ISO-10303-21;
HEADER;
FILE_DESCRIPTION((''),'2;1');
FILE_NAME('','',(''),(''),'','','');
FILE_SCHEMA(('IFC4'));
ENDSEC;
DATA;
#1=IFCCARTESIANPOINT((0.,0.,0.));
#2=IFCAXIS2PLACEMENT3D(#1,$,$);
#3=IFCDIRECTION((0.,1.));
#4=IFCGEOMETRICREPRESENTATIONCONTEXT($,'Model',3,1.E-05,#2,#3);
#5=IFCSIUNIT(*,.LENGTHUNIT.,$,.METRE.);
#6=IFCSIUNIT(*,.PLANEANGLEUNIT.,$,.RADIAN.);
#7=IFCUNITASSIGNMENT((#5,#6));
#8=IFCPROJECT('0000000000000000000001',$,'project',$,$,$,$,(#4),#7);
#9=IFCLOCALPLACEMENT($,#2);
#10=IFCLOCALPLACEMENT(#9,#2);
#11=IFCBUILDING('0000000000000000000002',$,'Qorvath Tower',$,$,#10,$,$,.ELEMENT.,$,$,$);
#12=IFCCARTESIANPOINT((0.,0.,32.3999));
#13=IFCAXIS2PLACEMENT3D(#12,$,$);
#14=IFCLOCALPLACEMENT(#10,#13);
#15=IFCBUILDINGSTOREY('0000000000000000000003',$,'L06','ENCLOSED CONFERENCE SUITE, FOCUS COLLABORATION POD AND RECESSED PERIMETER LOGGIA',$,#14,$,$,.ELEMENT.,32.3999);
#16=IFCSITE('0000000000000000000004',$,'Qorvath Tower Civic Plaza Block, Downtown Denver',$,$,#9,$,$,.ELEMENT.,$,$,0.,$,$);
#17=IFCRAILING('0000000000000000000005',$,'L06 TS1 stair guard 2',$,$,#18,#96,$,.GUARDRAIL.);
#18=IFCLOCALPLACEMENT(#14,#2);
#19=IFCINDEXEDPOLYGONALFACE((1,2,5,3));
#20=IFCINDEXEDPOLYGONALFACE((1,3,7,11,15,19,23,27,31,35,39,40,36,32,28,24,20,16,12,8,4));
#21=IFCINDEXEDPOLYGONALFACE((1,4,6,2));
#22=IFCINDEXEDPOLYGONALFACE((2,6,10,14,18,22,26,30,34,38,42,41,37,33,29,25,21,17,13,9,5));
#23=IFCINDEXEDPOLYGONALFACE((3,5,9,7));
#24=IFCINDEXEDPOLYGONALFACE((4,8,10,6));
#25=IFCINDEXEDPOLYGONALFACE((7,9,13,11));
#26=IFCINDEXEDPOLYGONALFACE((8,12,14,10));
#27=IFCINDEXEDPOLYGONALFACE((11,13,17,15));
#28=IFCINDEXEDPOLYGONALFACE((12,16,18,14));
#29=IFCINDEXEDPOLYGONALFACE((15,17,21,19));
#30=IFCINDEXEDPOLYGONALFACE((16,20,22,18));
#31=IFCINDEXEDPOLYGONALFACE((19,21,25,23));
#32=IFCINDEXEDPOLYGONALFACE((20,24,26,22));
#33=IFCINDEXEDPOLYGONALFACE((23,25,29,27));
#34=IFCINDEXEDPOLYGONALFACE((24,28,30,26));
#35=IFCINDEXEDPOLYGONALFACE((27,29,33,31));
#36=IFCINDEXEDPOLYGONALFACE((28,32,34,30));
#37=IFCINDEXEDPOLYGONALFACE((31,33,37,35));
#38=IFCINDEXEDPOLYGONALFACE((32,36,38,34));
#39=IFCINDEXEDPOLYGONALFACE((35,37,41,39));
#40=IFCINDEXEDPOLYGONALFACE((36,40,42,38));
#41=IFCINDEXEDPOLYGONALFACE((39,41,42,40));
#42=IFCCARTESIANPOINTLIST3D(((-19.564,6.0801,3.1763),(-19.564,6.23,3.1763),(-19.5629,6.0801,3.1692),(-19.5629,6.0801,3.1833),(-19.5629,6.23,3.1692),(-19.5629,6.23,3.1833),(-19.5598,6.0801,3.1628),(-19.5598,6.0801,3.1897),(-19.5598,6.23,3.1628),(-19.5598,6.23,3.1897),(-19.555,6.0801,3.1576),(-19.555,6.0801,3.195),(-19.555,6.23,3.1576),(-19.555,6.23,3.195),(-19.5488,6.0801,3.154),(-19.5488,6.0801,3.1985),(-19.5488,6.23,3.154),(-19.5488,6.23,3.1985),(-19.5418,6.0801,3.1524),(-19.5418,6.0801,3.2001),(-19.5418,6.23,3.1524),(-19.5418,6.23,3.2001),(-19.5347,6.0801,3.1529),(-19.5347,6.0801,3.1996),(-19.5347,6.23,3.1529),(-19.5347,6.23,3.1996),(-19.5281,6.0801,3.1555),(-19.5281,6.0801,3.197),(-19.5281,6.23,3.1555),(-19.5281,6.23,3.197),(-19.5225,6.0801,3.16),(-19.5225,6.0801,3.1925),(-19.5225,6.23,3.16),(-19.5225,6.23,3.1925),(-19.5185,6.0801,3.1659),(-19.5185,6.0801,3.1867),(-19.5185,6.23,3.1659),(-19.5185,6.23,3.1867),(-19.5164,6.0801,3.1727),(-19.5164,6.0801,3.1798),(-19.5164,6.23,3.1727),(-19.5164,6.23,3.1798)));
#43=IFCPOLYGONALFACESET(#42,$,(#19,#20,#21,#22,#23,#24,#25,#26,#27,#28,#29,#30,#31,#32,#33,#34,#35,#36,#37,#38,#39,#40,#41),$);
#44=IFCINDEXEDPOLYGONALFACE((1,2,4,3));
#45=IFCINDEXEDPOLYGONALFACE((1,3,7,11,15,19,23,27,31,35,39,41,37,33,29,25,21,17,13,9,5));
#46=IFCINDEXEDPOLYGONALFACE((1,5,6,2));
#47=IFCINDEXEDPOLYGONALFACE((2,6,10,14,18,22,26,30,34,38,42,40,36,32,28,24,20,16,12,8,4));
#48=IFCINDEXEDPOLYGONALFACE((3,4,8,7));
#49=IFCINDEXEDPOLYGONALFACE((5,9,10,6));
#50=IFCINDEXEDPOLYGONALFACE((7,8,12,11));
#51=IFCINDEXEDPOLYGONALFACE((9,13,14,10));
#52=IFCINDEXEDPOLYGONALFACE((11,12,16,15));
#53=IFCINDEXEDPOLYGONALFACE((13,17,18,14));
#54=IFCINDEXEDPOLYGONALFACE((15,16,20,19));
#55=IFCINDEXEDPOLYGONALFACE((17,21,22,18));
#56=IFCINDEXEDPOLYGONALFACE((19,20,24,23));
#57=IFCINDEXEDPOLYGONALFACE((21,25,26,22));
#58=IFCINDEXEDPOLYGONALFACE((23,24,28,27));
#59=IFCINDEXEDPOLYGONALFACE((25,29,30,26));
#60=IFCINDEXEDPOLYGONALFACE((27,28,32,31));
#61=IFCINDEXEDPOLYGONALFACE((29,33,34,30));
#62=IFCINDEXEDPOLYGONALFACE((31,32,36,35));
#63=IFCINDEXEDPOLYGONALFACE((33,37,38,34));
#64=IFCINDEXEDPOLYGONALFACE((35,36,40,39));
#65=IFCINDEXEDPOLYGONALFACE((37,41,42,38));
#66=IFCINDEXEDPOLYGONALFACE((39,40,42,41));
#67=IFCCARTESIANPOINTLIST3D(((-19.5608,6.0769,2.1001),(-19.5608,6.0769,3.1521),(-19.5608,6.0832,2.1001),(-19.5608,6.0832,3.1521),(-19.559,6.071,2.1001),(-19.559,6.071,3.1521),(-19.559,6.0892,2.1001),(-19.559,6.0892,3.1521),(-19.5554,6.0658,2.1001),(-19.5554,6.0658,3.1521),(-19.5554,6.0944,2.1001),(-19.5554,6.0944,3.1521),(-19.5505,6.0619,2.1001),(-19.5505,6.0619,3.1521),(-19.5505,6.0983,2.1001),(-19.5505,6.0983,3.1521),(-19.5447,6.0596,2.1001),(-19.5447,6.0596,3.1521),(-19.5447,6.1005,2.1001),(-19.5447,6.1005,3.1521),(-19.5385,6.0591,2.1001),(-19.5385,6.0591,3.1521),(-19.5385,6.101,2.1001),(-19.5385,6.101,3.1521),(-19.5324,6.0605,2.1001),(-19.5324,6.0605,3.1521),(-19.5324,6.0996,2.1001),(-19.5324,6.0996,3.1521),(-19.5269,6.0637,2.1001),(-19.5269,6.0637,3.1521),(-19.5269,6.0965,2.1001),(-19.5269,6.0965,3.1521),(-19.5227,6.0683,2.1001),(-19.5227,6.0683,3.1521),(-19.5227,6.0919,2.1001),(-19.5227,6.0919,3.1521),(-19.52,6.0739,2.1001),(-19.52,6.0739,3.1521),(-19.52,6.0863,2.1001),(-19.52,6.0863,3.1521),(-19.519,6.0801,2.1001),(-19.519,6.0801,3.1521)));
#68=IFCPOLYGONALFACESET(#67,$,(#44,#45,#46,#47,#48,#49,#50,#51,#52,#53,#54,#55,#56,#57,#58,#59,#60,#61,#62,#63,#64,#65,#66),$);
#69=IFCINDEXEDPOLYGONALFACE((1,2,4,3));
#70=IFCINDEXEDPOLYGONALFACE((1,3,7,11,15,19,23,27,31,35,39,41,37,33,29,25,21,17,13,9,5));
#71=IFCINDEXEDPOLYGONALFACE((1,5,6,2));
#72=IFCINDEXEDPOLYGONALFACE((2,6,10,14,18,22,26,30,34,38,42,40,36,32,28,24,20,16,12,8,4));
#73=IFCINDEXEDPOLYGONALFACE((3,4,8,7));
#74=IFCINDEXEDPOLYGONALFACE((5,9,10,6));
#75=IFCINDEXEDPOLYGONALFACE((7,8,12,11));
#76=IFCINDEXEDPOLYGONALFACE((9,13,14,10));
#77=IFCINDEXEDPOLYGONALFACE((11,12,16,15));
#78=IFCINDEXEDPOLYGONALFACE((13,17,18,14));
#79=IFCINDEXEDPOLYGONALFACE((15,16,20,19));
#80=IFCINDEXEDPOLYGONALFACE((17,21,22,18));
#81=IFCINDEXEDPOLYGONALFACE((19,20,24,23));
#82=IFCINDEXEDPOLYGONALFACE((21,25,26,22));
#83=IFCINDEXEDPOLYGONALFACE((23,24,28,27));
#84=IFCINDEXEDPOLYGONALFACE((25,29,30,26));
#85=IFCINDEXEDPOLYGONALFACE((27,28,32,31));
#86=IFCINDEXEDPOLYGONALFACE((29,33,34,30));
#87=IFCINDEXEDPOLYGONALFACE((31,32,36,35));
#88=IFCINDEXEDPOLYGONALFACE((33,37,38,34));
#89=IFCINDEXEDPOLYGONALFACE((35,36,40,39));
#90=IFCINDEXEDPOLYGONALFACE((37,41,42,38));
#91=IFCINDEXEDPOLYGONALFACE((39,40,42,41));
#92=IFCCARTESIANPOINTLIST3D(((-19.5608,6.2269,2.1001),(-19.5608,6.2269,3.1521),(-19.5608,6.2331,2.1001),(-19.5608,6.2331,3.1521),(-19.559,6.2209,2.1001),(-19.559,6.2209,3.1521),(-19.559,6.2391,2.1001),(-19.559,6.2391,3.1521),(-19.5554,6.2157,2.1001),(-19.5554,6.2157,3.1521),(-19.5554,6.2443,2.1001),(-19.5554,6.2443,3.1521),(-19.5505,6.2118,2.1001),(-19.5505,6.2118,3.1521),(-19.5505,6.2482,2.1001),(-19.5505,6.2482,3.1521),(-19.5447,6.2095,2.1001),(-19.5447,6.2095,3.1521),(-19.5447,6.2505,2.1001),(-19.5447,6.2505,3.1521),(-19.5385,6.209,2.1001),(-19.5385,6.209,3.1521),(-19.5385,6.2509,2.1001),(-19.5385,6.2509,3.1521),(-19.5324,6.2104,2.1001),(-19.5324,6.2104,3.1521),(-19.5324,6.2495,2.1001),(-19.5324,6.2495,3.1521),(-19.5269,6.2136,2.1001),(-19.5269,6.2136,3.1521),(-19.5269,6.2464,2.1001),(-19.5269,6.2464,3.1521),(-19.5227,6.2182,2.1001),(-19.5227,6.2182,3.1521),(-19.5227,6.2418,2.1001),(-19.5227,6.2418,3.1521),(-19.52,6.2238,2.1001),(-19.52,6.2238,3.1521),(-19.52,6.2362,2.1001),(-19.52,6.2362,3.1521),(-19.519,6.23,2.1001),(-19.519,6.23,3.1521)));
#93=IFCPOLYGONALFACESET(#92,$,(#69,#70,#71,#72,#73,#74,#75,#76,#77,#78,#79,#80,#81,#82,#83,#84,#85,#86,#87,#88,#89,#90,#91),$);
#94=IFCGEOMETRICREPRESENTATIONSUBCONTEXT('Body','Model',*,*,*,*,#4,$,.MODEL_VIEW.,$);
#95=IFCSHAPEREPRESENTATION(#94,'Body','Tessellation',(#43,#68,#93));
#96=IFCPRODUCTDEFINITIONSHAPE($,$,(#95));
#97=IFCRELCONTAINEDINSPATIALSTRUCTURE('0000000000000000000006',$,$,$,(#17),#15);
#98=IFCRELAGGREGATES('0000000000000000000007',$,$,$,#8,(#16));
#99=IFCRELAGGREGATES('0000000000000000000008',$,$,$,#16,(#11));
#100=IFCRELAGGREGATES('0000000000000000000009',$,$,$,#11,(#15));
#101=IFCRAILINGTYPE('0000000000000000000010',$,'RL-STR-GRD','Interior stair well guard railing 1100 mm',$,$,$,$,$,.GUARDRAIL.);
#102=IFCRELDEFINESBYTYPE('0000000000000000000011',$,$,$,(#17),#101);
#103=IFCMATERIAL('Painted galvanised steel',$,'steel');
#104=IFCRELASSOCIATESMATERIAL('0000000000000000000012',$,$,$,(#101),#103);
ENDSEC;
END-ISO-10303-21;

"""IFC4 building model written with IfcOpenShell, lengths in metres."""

from ifc_helpers import new_model, si_unit, direction, frame, origin, origin_2d, place, context, subcontext, project, spatial, circle, extrude, material, type_object, element, save


model = new_model("IFC4")

# Units and contexts
model_context = context("Model", 3, precision=1e-05, world=origin(), true_north=direction((0.0, 1.0)))
body_context = subcontext(model_context, "Body", "Model", "MODEL_VIEW")
ifc_project = project(units=[si_unit("LENGTHUNIT", "METRE"), si_unit("PLANEANGLEUNIT", "RADIAN")], contexts=[model_context])

# Site, building, storey
site_placement = place(None, origin())
site = spatial("IfcSite", under=ifc_project, at=site_placement, Name="Qorvath Tower Civic Plaza Block, Downtown Denver", CompositionType="ELEMENT", RefElevation=0.0)
building_placement = place(site_placement, origin())
building = spatial("IfcBuilding", under=site, at=building_placement, Name="Qorvath Tower", CompositionType="ELEMENT")
storey_placement = place(building_placement, frame((0.0, 0.0, 32.3999)))
storey = spatial("IfcBuildingStorey", under=building, at=storey_placement, Name="L06", Description="ENCLOSED CONFERENCE SUITE, FOCUS COLLABORATION POD AND RECESSED PERIMETER LOGGIA", CompositionType="ELEMENT", Elevation=32.3999)

# Railing
ifc_material_1 = material(Name="Painted galvanised steel", Category="steel")
railing_type_1 = type_object("IfcRailingType", Name="RL-STR-GRD", Description="Interior stair well guard railing 1100 mm", PredefinedType="GUARDRAIL", material=ifc_material_1)
railing_1_placement = place(storey_placement, frame((-19.54, 6.0801, 2.1001)))
element("IfcRailing", 1, at=railing_1_placement, inside=storey, type_object=railing_type_1, Name="L06 TS1 stair guard 2", PredefinedType="GUARDRAIL", context=body_context, shape_type="SweptSolid", body=[
    extrude(circle(Radius=0.0239, at=origin_2d()), frame((0.0, 0.0, 1.0762), z_axis=(0.0, 1.0, 0.0), x_axis=(-1.0, 0.0, 0.0)), (0.0, 0.0, 1.0), 0.1499),
    extrude(circle(Radius=0.021, at=origin_2d()), origin(), (0.0, 0.0, 1.0), 1.052),
    extrude(circle(Radius=0.021, at=origin_2d()), frame((0.0, 0.1499, 0.0)), (0.0, 0.0, 1.0), 1.052),
])

save(model, "model.ifc")
